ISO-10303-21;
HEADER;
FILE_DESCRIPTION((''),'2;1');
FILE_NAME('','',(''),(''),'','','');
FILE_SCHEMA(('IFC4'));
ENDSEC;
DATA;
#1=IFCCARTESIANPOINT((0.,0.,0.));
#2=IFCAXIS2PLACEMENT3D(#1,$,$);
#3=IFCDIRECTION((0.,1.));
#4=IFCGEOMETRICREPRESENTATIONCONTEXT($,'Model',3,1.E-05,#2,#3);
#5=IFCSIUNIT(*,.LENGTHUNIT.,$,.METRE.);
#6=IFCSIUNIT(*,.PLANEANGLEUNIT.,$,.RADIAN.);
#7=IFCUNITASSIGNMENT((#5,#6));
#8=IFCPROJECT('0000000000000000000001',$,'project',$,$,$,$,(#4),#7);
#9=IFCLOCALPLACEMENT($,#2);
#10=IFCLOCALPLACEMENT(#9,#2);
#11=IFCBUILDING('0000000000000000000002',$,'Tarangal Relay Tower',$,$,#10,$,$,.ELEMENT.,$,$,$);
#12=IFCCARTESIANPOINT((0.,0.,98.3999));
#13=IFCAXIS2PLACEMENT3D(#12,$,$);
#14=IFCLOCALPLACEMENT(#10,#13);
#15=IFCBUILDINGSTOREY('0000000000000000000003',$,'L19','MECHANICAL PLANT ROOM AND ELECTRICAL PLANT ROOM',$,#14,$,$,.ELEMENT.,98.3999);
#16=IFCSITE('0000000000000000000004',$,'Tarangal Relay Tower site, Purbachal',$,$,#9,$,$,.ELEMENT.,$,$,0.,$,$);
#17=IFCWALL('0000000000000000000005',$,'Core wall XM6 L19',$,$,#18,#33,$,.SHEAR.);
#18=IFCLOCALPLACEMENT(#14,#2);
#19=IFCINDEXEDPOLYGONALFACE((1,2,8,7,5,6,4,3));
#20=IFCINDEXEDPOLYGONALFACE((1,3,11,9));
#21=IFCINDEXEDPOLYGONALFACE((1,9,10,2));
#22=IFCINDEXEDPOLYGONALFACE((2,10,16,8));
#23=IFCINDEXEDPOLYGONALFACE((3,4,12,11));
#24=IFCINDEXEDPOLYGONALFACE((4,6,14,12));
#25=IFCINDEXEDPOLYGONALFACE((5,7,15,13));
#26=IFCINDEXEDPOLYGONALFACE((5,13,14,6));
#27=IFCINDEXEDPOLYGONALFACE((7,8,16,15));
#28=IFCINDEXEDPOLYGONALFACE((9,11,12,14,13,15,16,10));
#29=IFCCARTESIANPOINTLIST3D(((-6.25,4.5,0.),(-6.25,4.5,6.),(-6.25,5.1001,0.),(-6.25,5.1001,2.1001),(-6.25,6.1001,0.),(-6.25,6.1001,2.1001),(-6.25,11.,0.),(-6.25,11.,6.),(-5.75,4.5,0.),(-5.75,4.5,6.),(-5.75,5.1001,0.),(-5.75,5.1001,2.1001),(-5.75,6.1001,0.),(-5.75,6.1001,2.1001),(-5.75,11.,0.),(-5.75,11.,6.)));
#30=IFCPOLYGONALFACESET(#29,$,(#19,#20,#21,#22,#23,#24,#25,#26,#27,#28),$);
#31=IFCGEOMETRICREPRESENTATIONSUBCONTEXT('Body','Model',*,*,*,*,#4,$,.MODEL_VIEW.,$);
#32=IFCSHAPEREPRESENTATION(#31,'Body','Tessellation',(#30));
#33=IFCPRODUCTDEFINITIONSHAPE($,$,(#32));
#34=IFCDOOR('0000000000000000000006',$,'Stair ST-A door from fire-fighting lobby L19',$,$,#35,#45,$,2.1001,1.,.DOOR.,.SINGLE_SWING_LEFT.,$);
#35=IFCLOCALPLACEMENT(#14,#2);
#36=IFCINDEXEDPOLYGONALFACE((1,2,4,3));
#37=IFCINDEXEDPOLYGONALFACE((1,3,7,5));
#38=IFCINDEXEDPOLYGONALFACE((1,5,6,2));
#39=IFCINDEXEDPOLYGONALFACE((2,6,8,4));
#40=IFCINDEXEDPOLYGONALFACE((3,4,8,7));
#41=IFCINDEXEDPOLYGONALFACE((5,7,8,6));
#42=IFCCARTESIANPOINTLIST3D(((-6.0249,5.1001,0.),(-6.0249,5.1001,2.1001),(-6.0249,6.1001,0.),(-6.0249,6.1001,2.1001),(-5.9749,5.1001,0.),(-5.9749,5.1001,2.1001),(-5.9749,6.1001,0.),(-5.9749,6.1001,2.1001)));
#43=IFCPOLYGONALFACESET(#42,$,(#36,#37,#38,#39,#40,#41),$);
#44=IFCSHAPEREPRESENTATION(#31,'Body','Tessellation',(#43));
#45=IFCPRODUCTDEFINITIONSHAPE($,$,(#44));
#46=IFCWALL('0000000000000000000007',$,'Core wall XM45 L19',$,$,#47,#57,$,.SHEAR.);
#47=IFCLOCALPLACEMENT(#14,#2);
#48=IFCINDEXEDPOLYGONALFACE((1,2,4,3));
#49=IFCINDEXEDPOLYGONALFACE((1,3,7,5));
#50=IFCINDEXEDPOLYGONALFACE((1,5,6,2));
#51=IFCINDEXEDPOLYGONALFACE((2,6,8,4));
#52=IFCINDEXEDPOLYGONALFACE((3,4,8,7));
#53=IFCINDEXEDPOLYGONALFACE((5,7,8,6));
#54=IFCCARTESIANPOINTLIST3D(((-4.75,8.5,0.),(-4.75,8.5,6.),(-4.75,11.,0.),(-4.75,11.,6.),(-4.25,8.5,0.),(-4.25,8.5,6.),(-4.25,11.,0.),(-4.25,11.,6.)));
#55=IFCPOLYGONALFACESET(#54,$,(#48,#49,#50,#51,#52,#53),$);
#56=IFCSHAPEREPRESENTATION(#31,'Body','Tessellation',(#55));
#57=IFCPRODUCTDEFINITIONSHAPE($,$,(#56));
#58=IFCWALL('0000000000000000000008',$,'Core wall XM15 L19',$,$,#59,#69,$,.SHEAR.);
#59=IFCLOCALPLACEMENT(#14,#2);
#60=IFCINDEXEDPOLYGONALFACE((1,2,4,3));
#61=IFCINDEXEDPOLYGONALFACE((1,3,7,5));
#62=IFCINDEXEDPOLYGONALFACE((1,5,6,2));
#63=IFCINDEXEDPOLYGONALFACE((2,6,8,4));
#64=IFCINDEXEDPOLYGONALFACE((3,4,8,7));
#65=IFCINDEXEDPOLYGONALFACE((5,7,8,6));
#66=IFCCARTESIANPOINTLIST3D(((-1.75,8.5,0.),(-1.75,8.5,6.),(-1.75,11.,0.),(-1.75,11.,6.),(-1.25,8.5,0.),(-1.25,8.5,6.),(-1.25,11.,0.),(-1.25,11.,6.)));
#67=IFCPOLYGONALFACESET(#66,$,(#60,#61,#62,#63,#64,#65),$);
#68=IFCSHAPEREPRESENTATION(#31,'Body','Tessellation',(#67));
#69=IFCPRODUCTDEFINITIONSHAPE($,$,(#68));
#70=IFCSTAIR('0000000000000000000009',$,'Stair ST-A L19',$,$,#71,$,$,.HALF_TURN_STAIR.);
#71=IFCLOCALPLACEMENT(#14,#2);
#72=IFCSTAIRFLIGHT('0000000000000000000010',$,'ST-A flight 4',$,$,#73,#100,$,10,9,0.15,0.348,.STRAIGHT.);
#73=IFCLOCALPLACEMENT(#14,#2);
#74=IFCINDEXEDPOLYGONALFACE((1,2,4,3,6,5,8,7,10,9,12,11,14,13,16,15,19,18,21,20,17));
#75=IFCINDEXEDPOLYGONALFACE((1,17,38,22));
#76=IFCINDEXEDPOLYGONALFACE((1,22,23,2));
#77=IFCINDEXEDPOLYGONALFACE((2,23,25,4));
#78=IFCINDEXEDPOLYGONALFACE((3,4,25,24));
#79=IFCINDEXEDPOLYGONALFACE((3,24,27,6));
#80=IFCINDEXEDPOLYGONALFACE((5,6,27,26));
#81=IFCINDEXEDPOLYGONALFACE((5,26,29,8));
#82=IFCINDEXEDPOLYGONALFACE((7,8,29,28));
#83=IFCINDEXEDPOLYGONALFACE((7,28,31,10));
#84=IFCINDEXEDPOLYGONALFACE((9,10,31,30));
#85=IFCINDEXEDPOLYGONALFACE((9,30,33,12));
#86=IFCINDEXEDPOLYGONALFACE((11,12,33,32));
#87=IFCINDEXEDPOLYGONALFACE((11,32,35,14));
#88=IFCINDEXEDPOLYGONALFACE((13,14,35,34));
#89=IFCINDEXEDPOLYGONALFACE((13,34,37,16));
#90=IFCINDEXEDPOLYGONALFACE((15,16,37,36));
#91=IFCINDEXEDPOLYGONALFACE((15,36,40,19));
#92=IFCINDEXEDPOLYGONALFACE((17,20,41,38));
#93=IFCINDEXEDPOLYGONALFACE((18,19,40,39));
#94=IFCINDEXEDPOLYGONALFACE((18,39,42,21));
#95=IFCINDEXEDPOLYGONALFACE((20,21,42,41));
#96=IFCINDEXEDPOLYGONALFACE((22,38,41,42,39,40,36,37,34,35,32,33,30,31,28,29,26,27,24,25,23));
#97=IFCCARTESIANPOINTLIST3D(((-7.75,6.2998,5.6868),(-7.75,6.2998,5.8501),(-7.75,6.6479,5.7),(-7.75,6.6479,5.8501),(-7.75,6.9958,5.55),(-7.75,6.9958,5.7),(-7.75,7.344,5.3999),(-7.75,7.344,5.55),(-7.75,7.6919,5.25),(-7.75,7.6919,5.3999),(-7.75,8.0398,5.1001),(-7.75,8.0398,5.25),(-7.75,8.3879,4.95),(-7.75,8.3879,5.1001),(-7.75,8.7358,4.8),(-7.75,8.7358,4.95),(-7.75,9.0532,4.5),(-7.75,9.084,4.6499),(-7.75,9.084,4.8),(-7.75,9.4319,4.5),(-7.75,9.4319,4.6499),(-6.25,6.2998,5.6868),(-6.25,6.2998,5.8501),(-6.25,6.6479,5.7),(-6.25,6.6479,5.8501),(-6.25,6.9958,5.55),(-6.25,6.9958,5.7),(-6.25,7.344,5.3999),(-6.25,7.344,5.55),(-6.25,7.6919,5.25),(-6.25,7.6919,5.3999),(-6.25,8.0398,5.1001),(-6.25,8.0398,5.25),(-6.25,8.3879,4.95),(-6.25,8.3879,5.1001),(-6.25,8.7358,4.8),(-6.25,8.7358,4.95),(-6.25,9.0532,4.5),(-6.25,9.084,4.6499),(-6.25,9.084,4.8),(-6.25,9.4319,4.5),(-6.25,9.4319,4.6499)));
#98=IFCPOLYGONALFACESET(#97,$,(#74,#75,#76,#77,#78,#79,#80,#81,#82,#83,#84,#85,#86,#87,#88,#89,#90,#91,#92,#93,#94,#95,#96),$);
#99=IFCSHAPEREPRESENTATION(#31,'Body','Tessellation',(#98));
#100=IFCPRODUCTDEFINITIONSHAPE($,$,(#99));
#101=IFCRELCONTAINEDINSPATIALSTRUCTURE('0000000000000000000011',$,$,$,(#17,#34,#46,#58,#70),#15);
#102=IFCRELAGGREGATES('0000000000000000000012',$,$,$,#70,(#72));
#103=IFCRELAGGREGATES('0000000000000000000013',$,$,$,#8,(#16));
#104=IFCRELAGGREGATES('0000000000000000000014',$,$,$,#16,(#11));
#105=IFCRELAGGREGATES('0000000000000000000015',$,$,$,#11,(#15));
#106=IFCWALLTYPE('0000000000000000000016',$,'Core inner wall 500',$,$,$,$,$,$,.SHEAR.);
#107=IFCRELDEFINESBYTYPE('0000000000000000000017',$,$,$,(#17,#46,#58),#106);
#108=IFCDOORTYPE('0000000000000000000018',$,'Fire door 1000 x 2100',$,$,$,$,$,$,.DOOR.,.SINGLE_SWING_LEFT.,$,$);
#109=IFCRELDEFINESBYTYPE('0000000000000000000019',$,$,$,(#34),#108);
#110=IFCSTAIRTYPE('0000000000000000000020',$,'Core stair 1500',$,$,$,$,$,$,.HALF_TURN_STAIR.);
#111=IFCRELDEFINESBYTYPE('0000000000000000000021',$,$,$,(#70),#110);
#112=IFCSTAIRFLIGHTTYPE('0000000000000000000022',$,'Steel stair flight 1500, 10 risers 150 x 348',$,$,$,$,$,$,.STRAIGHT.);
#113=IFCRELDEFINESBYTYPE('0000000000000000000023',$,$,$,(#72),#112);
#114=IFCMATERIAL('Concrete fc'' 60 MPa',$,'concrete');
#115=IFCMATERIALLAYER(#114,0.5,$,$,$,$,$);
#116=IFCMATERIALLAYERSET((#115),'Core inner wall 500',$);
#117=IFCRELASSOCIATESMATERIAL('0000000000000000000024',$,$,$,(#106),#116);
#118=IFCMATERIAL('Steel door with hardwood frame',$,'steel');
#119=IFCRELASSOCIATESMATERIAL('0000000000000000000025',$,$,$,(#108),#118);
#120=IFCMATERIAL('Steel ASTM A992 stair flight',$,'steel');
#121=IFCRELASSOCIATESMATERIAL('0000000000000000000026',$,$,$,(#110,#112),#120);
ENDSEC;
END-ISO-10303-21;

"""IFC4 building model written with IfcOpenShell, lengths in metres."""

from ifc_helpers import new_model, si_unit, direction, frame, frame_2d, origin, place, context, subcontext, project, spatial, polyline, rectangle, outline, extrude, material, layer, layer_set, type_object, element, fill, aggregate, save


model = new_model("IFC4")

# Units and contexts
model_context = context("Model", 3, precision=1e-05, world=origin(), true_north=direction((0.0, 1.0)))
body_context = subcontext(model_context, "Body", "Model", "MODEL_VIEW")
ifc_project = project(units=[si_unit("LENGTHUNIT", "METRE"), si_unit("PLANEANGLEUNIT", "RADIAN")], contexts=[model_context])

# Site, building, storey
site_placement = place(None, origin())
site = spatial("IfcSite", under=ifc_project, at=site_placement, Name="Tarangal Relay Tower site, Purbachal", CompositionType="ELEMENT", RefElevation=0.0)
building_placement = place(site_placement, origin())
building = spatial("IfcBuilding", under=site, at=building_placement, Name="Tarangal Relay Tower", CompositionType="ELEMENT")
storey_placement = place(building_placement, frame((0.0, 0.0, 98.3999)))
storey = spatial("IfcBuildingStorey", under=building, at=storey_placement, Name="L19", Description="MECHANICAL PLANT ROOM AND ELECTRICAL PLANT ROOM", CompositionType="ELEMENT", Elevation=98.3999)

# Shared definitions
ifc_material_1 = material(Name="Concrete fc' 60 MPa", Category="concrete")
ifc_layer_1 = layer(ifc_material_1, 0.5)
ifc_layer_set_1 = layer_set([ifc_layer_1], Name="Core inner wall 500")
wall_type = type_object("IfcWallType", Name="Core inner wall 500", PredefinedType="SHEAR", material=ifc_layer_set_1)
ifc_material_2 = material(Name="Steel door with hardwood frame", Category="steel")

# Wall, opening, door
wall_1_placement = place(storey_placement, frame((-6.0, 4.5, 0.0), z_axis=(0.0, 0.0, 1.0), x_axis=(0.0, 1.0, 0.0)))
wall_1 = element("IfcWall", 1, at=wall_1_placement, inside=storey, type_object=wall_type, Name="Core wall XM6 L19", PredefinedType="SHEAR", context=body_context, shape_type="SweptSolid", body=[
    extrude(rectangle(XDim=6.5, YDim=0.5, at=frame_2d((3.25, 0.0))), origin(), (0.0, 0.0, 1.0), 6.0),
])
opening_1_placement = place(wall_1_placement, frame((0.6001, 0.0, 0.0)))
opening_1 = element("IfcOpeningElement", 2, at=opening_1_placement, cuts=wall_1, PredefinedType="OPENING", context=body_context, shape_type="SweptSolid", body=[
    extrude(rectangle(XDim=1.0, YDim=2.1001, at=frame_2d((0.5, 1.05))), frame((0.0, 0.26, 0.0), z_axis=(0.0, -1.0, 0.0), x_axis=(1.0, 0.0, 0.0)), (0.0, 0.0, 1.0), 0.52),
])
door_type_1 = type_object("IfcDoorType", Name="Fire door 1000 x 2100", OperationType="SINGLE_SWING_LEFT", PredefinedType="DOOR", material=ifc_material_2)
door_1_placement = place(opening_1_placement, origin())
door_1 = element("IfcDoor", 3, at=door_1_placement, inside=storey, type_object=door_type_1, Name="Stair ST-A door from fire-fighting lobby L19", OperationType="SINGLE_SWING_LEFT", OverallHeight=2.1001, OverallWidth=1.0, PredefinedType="DOOR", context=body_context, shape_type="SweptSolid", body=[
    extrude(rectangle(XDim=1.0, YDim=2.1001, at=frame_2d((0.5, 1.05))), frame((0.0, 0.0249, 0.0), z_axis=(0.0, -1.0, 0.0), x_axis=(1.0, 0.0, 0.0)), (0.0, 0.0, 1.0), 0.05),
])
fill(opening_1, door_1)

# Walls
for number, where, z_axis, x_axis, name in (
    (4, (-4.5, 8.5, 0.0), (0.0, 0.0, 1.0), (0.0, 1.0, 0.0), "Core wall XM45 L19"),
    (5, (-1.5, 8.5, 0.0), (0.0, 0.0, 1.0), (0.0, 1.0, 0.0), "Core wall XM15 L19"),
):
    element("IfcWall", number, at=place(storey_placement, frame(where, z_axis=z_axis, x_axis=x_axis)), inside=storey, type_object=wall_type, Name=name, PredefinedType="SHEAR", context=body_context, shape_type="SweptSolid", body=[
        extrude(rectangle(XDim=2.5, YDim=0.5, at=frame_2d((1.25, 0.0))), origin(), (0.0, 0.0, 1.0), 6.0),
    ])

# Stair, stair flight
ifc_material_3 = material(Name="Steel ASTM A992 stair flight", Category="steel")
stair_type = type_object("IfcStairType", Name="Core stair 1500", PredefinedType="HALF_TURN_STAIR", material=ifc_material_3)
stair_placement = place(storey_placement, origin())
stair = element("IfcStair", 6, at=stair_placement, inside=storey, type_object=stair_type, Name="Stair ST-A L19", PredefinedType="HALF_TURN_STAIR")
stair_flight_type = type_object("IfcStairFlightType", Name="Steel stair flight 1500, 10 risers 150 x 348", PredefinedType="STRAIGHT", material=ifc_material_3)
stair_flight_placement = place(storey_placement, frame((-7.0, 9.4319, 4.5), z_axis=(0.0, 0.0, 1.0), x_axis=(0.0, -1.0, 0.0)))
stair_flight = element("IfcStairFlight", 7, at=stair_flight_placement, type_object=stair_flight_type, Name="ST-A flight 4", NumberOfRisers=10, NumberOfTreads=9, PredefinedType="STRAIGHT", RiserHeight=0.15, TreadLength=0.348, context=body_context, shape_type="SweptSolid", body=[
    extrude(outline(polyline([(0.0, 0.0), (0.0, 0.1499), (0.3479, 0.1499), (0.3479, 0.3), (0.696, 0.3), (0.696, 0.45), (1.0439, 0.45), (1.0439, 0.6001), (1.3921, 0.6001), (1.3921, 0.75), (1.74, 0.75), (1.74, 0.8999), (2.0879, 0.8999), (2.0879, 1.05), (2.436, 1.05), (2.436, 1.2), (2.7839, 1.2), (2.7839, 1.3501), (3.1321, 1.3501), (3.1321, 1.5), (3.1321, 1.1868), (0.3787, 0.0), (0.0, 0.0)])), frame((0.0, 0.75, 0.0), z_axis=(0.0, -1.0, 0.0), x_axis=(1.0, 0.0, 0.0)), (0.0, 0.0, 1.0), 1.5),
])
aggregate(stair, [stair_flight])

save(model, "model.ifc")
